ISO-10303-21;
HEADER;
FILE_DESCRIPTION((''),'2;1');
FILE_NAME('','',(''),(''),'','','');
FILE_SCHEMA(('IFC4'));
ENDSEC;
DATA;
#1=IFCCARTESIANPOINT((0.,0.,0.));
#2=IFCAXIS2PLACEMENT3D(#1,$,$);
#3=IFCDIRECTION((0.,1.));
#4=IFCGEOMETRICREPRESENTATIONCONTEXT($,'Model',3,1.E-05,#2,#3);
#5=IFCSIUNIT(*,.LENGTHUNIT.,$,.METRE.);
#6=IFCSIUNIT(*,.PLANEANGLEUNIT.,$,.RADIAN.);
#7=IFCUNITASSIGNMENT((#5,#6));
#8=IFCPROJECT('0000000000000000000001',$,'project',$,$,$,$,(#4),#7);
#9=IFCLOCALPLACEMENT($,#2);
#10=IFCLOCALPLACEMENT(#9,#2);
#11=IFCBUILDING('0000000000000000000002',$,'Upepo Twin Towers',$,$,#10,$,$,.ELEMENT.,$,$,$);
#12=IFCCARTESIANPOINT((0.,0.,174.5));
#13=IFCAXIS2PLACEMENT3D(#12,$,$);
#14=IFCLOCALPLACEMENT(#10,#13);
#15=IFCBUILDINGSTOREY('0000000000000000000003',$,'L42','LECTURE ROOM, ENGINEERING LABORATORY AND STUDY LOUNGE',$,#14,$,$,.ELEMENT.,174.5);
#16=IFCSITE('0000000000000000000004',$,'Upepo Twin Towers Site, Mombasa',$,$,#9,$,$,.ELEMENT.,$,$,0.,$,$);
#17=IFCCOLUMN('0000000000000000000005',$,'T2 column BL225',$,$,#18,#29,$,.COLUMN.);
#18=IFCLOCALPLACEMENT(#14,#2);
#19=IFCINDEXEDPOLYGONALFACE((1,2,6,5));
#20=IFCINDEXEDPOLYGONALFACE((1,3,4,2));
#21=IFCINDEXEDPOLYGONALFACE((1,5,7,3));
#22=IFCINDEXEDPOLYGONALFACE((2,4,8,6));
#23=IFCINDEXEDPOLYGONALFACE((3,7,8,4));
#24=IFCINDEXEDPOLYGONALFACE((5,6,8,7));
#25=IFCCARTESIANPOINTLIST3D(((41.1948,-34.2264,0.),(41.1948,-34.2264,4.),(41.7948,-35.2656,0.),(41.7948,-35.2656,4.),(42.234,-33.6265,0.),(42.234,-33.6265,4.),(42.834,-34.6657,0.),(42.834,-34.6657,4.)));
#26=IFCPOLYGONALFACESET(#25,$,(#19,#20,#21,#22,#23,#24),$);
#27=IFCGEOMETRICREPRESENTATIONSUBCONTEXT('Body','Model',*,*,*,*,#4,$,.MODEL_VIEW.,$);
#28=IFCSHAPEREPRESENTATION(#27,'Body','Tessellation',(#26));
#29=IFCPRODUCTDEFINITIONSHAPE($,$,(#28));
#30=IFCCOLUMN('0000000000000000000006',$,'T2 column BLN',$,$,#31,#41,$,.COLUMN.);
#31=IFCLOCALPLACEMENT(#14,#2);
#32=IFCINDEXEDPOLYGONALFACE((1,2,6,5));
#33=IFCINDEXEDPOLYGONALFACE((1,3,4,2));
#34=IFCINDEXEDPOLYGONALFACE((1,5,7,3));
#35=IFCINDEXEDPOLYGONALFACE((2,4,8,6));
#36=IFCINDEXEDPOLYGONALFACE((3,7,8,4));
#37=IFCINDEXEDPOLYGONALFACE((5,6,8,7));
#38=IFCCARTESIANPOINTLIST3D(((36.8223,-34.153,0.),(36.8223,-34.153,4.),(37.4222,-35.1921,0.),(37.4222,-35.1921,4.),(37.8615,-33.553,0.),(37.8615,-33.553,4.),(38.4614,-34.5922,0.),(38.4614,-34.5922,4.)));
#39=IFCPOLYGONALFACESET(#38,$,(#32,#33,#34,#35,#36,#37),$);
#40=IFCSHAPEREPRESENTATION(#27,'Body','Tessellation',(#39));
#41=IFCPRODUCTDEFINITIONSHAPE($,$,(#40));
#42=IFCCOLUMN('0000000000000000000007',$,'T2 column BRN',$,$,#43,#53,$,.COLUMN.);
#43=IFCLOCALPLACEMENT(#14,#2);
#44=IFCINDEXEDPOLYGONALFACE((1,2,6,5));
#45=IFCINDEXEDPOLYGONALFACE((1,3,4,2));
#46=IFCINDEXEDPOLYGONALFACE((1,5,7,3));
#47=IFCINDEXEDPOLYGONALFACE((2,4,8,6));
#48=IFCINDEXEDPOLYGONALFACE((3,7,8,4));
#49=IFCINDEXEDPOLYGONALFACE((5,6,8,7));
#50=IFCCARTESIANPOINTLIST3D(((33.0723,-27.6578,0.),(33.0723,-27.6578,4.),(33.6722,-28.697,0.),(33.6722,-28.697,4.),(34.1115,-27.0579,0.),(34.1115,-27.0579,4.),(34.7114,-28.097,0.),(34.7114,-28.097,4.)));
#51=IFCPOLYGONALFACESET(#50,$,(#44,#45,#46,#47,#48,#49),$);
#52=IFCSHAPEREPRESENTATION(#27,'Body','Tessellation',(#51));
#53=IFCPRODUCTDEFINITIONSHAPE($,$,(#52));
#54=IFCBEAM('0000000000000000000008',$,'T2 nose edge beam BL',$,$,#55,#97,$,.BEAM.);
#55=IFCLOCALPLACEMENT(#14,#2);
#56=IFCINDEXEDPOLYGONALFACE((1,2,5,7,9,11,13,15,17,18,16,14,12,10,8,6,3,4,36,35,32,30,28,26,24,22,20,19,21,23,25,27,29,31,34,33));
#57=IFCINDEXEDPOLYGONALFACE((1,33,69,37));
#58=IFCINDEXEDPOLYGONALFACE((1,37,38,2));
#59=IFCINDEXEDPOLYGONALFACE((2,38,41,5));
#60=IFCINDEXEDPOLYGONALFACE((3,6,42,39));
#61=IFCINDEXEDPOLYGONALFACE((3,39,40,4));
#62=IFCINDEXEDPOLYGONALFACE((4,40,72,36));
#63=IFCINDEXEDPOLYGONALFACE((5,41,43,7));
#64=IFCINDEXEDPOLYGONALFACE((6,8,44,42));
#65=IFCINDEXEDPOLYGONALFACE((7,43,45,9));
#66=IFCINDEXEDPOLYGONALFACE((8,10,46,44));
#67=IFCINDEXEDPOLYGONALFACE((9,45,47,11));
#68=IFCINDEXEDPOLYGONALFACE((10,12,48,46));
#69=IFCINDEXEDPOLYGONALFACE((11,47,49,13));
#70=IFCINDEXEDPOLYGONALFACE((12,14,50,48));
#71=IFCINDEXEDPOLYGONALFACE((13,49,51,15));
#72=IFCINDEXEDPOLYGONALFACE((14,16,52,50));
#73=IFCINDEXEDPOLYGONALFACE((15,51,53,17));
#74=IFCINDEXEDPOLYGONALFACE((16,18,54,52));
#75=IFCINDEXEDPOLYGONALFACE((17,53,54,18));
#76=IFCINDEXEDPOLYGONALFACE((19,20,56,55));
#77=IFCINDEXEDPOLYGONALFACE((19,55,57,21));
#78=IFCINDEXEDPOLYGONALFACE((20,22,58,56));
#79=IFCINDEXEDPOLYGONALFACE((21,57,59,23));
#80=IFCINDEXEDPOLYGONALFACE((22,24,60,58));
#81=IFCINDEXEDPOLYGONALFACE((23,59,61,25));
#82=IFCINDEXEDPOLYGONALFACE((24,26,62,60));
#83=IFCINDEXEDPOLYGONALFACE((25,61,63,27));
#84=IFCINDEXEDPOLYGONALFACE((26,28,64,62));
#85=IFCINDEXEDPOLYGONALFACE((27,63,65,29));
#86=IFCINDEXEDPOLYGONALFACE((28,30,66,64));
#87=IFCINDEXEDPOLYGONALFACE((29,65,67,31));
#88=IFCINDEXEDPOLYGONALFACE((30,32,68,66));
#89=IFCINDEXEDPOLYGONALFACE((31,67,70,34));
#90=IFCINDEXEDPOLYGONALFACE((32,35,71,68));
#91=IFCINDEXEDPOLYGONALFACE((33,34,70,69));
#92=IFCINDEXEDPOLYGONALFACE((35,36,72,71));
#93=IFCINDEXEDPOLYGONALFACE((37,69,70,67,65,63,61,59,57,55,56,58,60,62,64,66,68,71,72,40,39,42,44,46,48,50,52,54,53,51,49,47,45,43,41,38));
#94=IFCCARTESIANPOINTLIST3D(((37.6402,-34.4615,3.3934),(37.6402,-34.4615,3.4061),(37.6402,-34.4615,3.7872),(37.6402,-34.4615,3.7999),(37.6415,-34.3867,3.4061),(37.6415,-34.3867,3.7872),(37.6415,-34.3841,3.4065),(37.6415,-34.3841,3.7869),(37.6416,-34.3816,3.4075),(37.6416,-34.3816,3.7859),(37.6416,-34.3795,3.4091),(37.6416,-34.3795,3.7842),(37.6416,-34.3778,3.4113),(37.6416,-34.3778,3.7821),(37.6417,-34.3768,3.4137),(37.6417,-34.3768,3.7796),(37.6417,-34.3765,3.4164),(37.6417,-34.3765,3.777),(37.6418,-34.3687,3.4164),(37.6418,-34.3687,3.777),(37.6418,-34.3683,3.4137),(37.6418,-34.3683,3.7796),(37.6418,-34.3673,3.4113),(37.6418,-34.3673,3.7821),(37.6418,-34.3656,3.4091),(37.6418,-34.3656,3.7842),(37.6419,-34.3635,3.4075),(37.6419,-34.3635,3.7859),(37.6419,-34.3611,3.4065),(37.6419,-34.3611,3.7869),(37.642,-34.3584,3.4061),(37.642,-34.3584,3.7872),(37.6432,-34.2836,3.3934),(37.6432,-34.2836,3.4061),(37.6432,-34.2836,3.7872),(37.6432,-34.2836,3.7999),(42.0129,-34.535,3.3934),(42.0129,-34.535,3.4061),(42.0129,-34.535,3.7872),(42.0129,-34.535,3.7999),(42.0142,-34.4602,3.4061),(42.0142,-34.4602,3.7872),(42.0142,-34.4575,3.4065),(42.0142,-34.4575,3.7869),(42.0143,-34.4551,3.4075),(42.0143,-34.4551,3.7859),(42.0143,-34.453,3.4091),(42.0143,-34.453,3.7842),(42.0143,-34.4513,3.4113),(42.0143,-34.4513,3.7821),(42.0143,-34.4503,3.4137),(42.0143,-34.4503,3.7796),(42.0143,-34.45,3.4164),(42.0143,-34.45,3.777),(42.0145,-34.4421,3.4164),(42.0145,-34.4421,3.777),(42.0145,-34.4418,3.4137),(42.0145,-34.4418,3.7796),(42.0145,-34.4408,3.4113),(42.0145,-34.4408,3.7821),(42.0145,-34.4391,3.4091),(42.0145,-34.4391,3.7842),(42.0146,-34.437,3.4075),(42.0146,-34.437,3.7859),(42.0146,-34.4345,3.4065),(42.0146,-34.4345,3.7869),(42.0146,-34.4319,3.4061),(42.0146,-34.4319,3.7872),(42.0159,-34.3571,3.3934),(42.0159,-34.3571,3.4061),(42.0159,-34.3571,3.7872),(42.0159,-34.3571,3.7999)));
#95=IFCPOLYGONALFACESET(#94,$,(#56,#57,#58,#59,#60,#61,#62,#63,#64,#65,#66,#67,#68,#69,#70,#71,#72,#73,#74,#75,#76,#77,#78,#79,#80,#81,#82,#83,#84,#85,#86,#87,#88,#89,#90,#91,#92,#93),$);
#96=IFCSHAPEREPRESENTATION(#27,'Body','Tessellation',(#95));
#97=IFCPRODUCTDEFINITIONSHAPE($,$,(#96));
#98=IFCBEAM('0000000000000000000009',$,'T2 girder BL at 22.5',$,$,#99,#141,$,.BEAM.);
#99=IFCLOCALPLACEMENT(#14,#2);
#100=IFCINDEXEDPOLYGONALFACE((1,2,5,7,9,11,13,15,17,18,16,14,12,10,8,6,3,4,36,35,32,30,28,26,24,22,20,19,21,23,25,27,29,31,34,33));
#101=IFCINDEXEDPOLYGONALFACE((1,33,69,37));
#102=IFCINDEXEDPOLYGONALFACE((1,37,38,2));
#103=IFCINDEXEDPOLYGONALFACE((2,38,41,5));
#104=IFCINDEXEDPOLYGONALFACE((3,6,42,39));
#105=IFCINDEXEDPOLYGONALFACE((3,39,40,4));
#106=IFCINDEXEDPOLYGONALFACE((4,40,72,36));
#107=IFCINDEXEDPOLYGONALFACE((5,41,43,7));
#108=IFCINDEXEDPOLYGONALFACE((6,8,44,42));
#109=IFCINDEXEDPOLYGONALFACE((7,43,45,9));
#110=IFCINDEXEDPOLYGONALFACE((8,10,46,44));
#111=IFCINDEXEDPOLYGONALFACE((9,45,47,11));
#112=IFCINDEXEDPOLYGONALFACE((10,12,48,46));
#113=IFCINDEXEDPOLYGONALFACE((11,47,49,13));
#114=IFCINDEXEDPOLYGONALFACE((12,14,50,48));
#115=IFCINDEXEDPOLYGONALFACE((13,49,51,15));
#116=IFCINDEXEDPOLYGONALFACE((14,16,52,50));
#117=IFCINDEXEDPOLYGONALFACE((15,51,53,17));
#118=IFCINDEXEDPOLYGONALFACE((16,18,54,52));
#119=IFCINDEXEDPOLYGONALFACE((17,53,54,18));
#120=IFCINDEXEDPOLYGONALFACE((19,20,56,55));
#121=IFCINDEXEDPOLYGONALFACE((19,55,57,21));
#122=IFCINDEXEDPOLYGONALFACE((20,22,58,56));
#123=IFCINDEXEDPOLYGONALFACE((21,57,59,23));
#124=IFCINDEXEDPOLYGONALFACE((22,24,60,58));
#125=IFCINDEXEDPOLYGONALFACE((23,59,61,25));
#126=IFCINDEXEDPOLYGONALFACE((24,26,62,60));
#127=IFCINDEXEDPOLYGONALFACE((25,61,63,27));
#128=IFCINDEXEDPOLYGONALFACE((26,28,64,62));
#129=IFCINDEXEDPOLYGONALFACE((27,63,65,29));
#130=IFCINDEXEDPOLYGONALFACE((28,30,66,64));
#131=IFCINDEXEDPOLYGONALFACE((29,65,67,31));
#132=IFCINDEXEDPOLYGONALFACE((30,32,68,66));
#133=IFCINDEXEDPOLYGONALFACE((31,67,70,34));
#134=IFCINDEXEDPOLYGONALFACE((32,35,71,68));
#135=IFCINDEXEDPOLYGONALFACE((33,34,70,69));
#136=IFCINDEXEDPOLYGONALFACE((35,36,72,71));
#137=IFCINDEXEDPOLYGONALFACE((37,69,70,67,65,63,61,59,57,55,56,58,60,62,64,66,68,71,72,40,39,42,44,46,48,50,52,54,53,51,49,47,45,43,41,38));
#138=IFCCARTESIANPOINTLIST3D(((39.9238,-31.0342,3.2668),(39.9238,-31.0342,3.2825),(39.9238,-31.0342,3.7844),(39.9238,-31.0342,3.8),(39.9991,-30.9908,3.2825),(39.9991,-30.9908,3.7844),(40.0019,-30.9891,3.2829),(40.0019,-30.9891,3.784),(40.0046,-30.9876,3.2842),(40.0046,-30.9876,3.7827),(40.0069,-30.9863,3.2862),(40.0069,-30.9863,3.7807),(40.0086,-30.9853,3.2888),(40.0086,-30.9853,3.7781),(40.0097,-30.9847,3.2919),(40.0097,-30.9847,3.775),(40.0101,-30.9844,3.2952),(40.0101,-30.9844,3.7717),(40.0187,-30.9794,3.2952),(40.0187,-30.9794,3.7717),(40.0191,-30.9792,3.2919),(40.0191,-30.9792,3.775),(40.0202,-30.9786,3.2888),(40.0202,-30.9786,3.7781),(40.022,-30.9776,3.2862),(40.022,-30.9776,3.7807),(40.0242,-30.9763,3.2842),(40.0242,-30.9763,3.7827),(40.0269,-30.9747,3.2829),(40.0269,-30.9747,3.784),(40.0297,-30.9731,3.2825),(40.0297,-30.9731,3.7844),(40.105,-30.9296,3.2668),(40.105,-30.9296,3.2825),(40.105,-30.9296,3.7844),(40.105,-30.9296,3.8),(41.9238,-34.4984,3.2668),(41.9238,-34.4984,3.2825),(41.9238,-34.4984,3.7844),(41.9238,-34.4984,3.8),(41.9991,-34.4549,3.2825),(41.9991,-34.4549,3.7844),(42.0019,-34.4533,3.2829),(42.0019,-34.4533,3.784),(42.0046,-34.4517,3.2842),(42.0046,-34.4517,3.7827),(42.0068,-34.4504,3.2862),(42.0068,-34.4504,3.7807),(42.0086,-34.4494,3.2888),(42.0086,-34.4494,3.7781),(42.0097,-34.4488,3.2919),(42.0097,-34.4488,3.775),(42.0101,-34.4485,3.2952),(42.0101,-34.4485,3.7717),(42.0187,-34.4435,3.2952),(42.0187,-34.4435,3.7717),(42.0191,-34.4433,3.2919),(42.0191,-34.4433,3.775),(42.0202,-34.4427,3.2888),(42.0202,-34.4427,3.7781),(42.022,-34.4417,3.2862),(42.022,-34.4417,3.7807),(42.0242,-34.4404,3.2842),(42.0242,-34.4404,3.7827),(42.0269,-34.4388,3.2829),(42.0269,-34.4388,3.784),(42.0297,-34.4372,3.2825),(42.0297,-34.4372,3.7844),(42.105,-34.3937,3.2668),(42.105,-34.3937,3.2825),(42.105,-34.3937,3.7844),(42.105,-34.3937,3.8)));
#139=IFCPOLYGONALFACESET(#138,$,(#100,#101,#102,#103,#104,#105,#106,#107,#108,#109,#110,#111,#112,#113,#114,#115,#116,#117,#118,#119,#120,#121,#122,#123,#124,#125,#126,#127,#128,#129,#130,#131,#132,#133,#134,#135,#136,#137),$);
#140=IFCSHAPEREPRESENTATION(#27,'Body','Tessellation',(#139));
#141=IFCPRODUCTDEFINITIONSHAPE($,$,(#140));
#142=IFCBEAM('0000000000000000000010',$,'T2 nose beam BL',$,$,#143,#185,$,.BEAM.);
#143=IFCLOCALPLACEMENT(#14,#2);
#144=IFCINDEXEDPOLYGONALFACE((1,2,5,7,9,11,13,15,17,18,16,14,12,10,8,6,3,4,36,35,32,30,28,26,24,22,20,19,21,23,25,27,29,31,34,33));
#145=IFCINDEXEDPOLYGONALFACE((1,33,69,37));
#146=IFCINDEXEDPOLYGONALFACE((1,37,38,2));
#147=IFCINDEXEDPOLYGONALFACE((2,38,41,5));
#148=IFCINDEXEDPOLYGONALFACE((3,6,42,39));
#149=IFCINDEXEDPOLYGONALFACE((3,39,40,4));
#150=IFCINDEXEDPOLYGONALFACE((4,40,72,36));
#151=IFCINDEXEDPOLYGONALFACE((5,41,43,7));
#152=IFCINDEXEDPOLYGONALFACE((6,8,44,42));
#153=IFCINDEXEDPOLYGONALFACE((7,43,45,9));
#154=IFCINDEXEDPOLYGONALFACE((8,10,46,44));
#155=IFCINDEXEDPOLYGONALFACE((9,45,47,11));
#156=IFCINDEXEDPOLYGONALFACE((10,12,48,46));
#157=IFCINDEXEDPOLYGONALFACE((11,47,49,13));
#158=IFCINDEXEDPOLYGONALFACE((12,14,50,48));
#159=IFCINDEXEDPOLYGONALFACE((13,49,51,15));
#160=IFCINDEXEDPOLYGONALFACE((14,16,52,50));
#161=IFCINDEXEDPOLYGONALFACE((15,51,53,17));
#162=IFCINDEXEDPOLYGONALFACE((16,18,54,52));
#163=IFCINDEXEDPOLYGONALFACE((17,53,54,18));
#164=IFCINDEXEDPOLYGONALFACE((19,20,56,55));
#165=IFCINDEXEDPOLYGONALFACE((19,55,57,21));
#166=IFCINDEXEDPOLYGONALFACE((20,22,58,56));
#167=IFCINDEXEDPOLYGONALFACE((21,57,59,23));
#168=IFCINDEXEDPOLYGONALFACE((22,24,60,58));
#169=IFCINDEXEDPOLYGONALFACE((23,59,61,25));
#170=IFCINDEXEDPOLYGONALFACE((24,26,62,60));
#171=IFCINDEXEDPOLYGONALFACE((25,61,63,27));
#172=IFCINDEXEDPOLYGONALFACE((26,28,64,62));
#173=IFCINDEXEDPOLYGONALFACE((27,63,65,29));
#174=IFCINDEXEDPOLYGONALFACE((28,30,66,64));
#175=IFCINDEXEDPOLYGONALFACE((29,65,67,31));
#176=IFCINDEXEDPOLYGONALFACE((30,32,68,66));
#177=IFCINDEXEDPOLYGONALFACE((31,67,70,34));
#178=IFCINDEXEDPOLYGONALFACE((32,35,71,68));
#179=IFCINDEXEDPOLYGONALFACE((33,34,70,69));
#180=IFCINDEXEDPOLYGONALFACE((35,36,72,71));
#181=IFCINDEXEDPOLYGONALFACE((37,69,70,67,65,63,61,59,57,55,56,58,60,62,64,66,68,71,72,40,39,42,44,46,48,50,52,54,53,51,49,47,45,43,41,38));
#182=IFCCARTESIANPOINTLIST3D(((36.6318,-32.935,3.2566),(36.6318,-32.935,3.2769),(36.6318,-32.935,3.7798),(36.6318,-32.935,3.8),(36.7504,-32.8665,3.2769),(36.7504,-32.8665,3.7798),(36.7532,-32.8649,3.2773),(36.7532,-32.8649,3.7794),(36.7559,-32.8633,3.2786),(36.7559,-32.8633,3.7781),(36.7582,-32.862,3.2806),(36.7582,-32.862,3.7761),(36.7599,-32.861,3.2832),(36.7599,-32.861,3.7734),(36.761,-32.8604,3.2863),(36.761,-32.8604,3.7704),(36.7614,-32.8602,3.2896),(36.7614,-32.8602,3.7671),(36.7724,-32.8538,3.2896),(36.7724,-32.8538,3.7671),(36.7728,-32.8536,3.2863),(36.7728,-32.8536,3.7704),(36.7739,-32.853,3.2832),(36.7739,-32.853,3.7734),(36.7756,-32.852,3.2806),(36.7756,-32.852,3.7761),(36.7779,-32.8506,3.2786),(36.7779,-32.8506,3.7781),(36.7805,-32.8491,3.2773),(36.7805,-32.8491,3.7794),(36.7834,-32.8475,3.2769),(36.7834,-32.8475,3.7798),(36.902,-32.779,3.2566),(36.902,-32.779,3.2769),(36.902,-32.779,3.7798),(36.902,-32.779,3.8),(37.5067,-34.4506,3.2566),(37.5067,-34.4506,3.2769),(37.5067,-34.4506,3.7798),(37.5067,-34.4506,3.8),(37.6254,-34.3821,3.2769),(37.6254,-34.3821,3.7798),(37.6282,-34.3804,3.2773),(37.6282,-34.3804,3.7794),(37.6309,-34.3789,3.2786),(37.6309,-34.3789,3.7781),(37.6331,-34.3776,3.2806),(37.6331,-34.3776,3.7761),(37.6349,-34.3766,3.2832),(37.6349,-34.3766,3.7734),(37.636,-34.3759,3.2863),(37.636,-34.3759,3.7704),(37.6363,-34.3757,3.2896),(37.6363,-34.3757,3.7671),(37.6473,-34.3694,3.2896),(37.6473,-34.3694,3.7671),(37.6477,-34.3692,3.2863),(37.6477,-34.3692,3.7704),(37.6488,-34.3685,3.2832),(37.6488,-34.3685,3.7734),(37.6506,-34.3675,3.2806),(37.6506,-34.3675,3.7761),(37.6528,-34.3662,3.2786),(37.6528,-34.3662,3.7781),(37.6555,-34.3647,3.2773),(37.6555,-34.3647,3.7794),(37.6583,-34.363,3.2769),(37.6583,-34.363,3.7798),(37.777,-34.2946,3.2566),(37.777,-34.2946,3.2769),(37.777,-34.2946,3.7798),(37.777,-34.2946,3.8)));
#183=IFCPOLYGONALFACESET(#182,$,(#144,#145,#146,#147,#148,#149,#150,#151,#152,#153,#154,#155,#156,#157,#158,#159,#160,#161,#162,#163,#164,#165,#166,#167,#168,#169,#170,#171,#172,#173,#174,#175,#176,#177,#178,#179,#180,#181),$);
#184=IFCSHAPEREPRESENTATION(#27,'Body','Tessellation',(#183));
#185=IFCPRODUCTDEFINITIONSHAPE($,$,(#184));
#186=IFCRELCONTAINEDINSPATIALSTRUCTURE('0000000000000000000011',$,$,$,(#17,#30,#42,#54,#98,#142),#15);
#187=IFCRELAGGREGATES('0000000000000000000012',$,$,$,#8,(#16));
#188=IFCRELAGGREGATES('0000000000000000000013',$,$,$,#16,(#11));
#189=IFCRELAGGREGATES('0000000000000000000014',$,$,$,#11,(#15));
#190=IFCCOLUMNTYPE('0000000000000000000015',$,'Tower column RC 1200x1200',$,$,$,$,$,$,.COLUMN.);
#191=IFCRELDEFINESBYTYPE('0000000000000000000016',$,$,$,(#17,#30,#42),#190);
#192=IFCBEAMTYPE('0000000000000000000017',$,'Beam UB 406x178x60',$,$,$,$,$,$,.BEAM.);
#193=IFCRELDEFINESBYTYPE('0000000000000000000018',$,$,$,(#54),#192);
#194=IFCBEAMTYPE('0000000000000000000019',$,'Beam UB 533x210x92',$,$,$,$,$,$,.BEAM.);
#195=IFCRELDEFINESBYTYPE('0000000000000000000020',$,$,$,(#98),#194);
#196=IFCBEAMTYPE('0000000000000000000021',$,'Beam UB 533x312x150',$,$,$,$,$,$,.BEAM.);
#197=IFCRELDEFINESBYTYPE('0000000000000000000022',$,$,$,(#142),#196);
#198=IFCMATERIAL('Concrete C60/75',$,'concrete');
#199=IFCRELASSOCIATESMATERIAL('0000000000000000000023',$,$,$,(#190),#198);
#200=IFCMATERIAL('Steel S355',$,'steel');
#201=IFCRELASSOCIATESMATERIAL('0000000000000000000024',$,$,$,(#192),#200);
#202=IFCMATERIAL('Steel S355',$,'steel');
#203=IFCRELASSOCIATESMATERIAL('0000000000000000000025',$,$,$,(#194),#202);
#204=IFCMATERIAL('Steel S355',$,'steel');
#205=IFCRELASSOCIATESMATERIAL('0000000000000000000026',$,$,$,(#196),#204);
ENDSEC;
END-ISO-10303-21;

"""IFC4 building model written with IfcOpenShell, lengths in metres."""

from ifc_helpers import new_model, si_unit, direction, frame, origin, origin_2d, place, context, subcontext, project, spatial, rectangle, i_section, extrude, material, material_profile, profile_set, type_object, element, save


model = new_model("IFC4")

# Units and contexts
model_context = context("Model", 3, precision=1e-05, world=origin(), true_north=direction((0.0, 1.0)))
body_context = subcontext(model_context, "Body", "Model", "MODEL_VIEW")
ifc_project = project(units=[si_unit("LENGTHUNIT", "METRE"), si_unit("PLANEANGLEUNIT", "RADIAN")], contexts=[model_context])

# Site, building, storey
site_placement = place(None, origin())
site = spatial("IfcSite", under=ifc_project, at=site_placement, Name="Upepo Twin Towers Site, Mombasa", CompositionType="ELEMENT", RefElevation=0.0)
building_placement = place(site_placement, origin())
building = spatial("IfcBuilding", under=site, at=building_placement, Name="Upepo Twin Towers", CompositionType="ELEMENT")
storey_placement = place(building_placement, frame((0.0, 0.0, 174.5)))
storey = spatial("IfcBuildingStorey", under=building, at=storey_placement, Name="L42", Description="LECTURE ROOM, ENGINEERING LABORATORY AND STUDY LOUNGE", CompositionType="ELEMENT", Elevation=174.5)

# Columns
ifc_material_1 = material(Name="Concrete C60/75", Category="concrete")
ifc_material_profile_1 = material_profile(ifc_material_1, rectangle(XDim=1.2, YDim=1.2, at=origin_2d()), Name="RC 1200x1200")
ifc_profile_set_1 = profile_set([ifc_material_profile_1], Name="Concrete C60/75")
column_type = type_object("IfcColumnType", Name="Tower column RC 1200x1200", PredefinedType="COLUMN", material=ifc_profile_set_1)
for number, where, z_axis, x_axis, name in (
    (1, (42.0144, -34.446, 0.0), (0.0, 0.0, 1.0), (0.866025, 0.5, 0.0), "T2 column BL225"),
    (2, (37.6418, -34.3726, 0.0), (0.0, 0.0, 1.0), (0.866025, 0.5, 0.0), "T2 column BLN"),
    (3, (33.8918, -27.8774, 0.0), (0.0, 0.0, 1.0), (0.866025, 0.5, 0.0), "T2 column BRN"),
):
    element("IfcColumn", number, at=place(storey_placement, frame(where, z_axis=z_axis, x_axis=x_axis)), inside=storey, type_object=column_type, Name=name, PredefinedType="COLUMN", context=body_context, shape_type="SweptSolid", body=[
        extrude(rectangle(XDim=1.2, YDim=1.2, at=origin_2d()), origin(), (0.0, 0.0, 1.0), 4.0),
    ])

# Beams
ifc_material_2 = material(Name="Steel S355", Category="steel")
ifc_material_profile_2 = material_profile(ifc_material_2, i_section(OverallWidth=0.178, OverallDepth=0.4065, WebThickness=0.0078, FlangeThickness=0.0127, FilletRadius=0.0103, at=origin_2d()), Name="UB 406x178x60")
ifc_profile_set_2 = profile_set([ifc_material_profile_2], Name="Steel S355")
beam_type_1 = type_object("IfcBeamType", Name="Beam UB 406x178x60", PredefinedType="BEAM", material=ifc_profile_set_2)
beam_1_placement = place(storey_placement, frame((42.0144, -34.446, 3.5967), z_axis=(-0.999859, 0.016804, 0.0), x_axis=(-0.016804, -0.999859, 0.0)))
element("IfcBeam", 4, at=beam_1_placement, inside=storey, type_object=beam_type_1, Name="T2 nose edge beam BL", PredefinedType="BEAM", context=body_context, shape_type="SweptSolid", body=[
    extrude(i_section(OverallWidth=0.178, OverallDepth=0.4065, WebThickness=0.0078, FlangeThickness=0.0127, FilletRadius=0.0103, at=origin_2d()), origin(), (0.0, 0.0, 1.0), 4.3733),
])
ifc_material_3 = material(Name="Steel S355", Category="steel")
ifc_material_profile_3 = material_profile(ifc_material_3, i_section(OverallWidth=0.2092, OverallDepth=0.5332, WebThickness=0.01, FlangeThickness=0.0156, FilletRadius=0.0127, at=origin_2d()), Name="UB 533x210x92")
ifc_profile_set_3 = profile_set([ifc_material_profile_3], Name="Steel S355")
beam_type_2 = type_object("IfcBeamType", Name="Beam UB 533x210x92", PredefinedType="BEAM", material=ifc_profile_set_3)
beam_2_placement = place(storey_placement, frame((42.0144, -34.446, 3.5334), z_axis=(-0.499999, 0.866026, 0.0), x_axis=(-0.866026, -0.499999, 0.0)))
element("IfcBeam", 5, at=beam_2_placement, inside=storey, type_object=beam_type_2, Name="T2 girder BL at 22.5", PredefinedType="BEAM", context=body_context, shape_type="SweptSolid", body=[
    extrude(i_section(OverallWidth=0.2092, OverallDepth=0.5332, WebThickness=0.01, FlangeThickness=0.0156, FilletRadius=0.0127, at=origin_2d()), origin(), (0.0, 0.0, 1.0), 4.0),
])
ifc_material_4 = material(Name="Steel S355", Category="steel")
ifc_material_profile_4 = material_profile(ifc_material_4, i_section(OverallWidth=0.312, OverallDepth=0.5435, WebThickness=0.0127, FlangeThickness=0.0203, FilletRadius=0.0127, at=origin_2d()), Name="UB 533x312x150")
ifc_profile_set_4 = profile_set([ifc_material_profile_4], Name="Steel S355")
beam_type_3 = type_object("IfcBeamType", Name="Beam UB 533x312x150", PredefinedType="BEAM", material=ifc_profile_set_4)
for number, where, z_axis, x_axis, name in (
    (6, (37.6418, -34.3726, 3.5283), (-0.49998, 0.866037, 0.0), (-0.866037, -0.49998, 0.0), "T2 nose beam BL"),
):
    element("IfcBeam", number, at=place(storey_placement, frame(where, z_axis=z_axis, x_axis=x_axis)), inside=storey, type_object=beam_type_3, Name=name, PredefinedType="BEAM", context=body_context, shape_type="SweptSolid", body=[
        extrude(i_section(OverallWidth=0.312, OverallDepth=0.5435, WebThickness=0.0127, FlangeThickness=0.0203, FilletRadius=0.0127, at=origin_2d()), origin(), (0.0, 0.0, 1.0), 1.75),
    ])

save(model, "model.ifc")
